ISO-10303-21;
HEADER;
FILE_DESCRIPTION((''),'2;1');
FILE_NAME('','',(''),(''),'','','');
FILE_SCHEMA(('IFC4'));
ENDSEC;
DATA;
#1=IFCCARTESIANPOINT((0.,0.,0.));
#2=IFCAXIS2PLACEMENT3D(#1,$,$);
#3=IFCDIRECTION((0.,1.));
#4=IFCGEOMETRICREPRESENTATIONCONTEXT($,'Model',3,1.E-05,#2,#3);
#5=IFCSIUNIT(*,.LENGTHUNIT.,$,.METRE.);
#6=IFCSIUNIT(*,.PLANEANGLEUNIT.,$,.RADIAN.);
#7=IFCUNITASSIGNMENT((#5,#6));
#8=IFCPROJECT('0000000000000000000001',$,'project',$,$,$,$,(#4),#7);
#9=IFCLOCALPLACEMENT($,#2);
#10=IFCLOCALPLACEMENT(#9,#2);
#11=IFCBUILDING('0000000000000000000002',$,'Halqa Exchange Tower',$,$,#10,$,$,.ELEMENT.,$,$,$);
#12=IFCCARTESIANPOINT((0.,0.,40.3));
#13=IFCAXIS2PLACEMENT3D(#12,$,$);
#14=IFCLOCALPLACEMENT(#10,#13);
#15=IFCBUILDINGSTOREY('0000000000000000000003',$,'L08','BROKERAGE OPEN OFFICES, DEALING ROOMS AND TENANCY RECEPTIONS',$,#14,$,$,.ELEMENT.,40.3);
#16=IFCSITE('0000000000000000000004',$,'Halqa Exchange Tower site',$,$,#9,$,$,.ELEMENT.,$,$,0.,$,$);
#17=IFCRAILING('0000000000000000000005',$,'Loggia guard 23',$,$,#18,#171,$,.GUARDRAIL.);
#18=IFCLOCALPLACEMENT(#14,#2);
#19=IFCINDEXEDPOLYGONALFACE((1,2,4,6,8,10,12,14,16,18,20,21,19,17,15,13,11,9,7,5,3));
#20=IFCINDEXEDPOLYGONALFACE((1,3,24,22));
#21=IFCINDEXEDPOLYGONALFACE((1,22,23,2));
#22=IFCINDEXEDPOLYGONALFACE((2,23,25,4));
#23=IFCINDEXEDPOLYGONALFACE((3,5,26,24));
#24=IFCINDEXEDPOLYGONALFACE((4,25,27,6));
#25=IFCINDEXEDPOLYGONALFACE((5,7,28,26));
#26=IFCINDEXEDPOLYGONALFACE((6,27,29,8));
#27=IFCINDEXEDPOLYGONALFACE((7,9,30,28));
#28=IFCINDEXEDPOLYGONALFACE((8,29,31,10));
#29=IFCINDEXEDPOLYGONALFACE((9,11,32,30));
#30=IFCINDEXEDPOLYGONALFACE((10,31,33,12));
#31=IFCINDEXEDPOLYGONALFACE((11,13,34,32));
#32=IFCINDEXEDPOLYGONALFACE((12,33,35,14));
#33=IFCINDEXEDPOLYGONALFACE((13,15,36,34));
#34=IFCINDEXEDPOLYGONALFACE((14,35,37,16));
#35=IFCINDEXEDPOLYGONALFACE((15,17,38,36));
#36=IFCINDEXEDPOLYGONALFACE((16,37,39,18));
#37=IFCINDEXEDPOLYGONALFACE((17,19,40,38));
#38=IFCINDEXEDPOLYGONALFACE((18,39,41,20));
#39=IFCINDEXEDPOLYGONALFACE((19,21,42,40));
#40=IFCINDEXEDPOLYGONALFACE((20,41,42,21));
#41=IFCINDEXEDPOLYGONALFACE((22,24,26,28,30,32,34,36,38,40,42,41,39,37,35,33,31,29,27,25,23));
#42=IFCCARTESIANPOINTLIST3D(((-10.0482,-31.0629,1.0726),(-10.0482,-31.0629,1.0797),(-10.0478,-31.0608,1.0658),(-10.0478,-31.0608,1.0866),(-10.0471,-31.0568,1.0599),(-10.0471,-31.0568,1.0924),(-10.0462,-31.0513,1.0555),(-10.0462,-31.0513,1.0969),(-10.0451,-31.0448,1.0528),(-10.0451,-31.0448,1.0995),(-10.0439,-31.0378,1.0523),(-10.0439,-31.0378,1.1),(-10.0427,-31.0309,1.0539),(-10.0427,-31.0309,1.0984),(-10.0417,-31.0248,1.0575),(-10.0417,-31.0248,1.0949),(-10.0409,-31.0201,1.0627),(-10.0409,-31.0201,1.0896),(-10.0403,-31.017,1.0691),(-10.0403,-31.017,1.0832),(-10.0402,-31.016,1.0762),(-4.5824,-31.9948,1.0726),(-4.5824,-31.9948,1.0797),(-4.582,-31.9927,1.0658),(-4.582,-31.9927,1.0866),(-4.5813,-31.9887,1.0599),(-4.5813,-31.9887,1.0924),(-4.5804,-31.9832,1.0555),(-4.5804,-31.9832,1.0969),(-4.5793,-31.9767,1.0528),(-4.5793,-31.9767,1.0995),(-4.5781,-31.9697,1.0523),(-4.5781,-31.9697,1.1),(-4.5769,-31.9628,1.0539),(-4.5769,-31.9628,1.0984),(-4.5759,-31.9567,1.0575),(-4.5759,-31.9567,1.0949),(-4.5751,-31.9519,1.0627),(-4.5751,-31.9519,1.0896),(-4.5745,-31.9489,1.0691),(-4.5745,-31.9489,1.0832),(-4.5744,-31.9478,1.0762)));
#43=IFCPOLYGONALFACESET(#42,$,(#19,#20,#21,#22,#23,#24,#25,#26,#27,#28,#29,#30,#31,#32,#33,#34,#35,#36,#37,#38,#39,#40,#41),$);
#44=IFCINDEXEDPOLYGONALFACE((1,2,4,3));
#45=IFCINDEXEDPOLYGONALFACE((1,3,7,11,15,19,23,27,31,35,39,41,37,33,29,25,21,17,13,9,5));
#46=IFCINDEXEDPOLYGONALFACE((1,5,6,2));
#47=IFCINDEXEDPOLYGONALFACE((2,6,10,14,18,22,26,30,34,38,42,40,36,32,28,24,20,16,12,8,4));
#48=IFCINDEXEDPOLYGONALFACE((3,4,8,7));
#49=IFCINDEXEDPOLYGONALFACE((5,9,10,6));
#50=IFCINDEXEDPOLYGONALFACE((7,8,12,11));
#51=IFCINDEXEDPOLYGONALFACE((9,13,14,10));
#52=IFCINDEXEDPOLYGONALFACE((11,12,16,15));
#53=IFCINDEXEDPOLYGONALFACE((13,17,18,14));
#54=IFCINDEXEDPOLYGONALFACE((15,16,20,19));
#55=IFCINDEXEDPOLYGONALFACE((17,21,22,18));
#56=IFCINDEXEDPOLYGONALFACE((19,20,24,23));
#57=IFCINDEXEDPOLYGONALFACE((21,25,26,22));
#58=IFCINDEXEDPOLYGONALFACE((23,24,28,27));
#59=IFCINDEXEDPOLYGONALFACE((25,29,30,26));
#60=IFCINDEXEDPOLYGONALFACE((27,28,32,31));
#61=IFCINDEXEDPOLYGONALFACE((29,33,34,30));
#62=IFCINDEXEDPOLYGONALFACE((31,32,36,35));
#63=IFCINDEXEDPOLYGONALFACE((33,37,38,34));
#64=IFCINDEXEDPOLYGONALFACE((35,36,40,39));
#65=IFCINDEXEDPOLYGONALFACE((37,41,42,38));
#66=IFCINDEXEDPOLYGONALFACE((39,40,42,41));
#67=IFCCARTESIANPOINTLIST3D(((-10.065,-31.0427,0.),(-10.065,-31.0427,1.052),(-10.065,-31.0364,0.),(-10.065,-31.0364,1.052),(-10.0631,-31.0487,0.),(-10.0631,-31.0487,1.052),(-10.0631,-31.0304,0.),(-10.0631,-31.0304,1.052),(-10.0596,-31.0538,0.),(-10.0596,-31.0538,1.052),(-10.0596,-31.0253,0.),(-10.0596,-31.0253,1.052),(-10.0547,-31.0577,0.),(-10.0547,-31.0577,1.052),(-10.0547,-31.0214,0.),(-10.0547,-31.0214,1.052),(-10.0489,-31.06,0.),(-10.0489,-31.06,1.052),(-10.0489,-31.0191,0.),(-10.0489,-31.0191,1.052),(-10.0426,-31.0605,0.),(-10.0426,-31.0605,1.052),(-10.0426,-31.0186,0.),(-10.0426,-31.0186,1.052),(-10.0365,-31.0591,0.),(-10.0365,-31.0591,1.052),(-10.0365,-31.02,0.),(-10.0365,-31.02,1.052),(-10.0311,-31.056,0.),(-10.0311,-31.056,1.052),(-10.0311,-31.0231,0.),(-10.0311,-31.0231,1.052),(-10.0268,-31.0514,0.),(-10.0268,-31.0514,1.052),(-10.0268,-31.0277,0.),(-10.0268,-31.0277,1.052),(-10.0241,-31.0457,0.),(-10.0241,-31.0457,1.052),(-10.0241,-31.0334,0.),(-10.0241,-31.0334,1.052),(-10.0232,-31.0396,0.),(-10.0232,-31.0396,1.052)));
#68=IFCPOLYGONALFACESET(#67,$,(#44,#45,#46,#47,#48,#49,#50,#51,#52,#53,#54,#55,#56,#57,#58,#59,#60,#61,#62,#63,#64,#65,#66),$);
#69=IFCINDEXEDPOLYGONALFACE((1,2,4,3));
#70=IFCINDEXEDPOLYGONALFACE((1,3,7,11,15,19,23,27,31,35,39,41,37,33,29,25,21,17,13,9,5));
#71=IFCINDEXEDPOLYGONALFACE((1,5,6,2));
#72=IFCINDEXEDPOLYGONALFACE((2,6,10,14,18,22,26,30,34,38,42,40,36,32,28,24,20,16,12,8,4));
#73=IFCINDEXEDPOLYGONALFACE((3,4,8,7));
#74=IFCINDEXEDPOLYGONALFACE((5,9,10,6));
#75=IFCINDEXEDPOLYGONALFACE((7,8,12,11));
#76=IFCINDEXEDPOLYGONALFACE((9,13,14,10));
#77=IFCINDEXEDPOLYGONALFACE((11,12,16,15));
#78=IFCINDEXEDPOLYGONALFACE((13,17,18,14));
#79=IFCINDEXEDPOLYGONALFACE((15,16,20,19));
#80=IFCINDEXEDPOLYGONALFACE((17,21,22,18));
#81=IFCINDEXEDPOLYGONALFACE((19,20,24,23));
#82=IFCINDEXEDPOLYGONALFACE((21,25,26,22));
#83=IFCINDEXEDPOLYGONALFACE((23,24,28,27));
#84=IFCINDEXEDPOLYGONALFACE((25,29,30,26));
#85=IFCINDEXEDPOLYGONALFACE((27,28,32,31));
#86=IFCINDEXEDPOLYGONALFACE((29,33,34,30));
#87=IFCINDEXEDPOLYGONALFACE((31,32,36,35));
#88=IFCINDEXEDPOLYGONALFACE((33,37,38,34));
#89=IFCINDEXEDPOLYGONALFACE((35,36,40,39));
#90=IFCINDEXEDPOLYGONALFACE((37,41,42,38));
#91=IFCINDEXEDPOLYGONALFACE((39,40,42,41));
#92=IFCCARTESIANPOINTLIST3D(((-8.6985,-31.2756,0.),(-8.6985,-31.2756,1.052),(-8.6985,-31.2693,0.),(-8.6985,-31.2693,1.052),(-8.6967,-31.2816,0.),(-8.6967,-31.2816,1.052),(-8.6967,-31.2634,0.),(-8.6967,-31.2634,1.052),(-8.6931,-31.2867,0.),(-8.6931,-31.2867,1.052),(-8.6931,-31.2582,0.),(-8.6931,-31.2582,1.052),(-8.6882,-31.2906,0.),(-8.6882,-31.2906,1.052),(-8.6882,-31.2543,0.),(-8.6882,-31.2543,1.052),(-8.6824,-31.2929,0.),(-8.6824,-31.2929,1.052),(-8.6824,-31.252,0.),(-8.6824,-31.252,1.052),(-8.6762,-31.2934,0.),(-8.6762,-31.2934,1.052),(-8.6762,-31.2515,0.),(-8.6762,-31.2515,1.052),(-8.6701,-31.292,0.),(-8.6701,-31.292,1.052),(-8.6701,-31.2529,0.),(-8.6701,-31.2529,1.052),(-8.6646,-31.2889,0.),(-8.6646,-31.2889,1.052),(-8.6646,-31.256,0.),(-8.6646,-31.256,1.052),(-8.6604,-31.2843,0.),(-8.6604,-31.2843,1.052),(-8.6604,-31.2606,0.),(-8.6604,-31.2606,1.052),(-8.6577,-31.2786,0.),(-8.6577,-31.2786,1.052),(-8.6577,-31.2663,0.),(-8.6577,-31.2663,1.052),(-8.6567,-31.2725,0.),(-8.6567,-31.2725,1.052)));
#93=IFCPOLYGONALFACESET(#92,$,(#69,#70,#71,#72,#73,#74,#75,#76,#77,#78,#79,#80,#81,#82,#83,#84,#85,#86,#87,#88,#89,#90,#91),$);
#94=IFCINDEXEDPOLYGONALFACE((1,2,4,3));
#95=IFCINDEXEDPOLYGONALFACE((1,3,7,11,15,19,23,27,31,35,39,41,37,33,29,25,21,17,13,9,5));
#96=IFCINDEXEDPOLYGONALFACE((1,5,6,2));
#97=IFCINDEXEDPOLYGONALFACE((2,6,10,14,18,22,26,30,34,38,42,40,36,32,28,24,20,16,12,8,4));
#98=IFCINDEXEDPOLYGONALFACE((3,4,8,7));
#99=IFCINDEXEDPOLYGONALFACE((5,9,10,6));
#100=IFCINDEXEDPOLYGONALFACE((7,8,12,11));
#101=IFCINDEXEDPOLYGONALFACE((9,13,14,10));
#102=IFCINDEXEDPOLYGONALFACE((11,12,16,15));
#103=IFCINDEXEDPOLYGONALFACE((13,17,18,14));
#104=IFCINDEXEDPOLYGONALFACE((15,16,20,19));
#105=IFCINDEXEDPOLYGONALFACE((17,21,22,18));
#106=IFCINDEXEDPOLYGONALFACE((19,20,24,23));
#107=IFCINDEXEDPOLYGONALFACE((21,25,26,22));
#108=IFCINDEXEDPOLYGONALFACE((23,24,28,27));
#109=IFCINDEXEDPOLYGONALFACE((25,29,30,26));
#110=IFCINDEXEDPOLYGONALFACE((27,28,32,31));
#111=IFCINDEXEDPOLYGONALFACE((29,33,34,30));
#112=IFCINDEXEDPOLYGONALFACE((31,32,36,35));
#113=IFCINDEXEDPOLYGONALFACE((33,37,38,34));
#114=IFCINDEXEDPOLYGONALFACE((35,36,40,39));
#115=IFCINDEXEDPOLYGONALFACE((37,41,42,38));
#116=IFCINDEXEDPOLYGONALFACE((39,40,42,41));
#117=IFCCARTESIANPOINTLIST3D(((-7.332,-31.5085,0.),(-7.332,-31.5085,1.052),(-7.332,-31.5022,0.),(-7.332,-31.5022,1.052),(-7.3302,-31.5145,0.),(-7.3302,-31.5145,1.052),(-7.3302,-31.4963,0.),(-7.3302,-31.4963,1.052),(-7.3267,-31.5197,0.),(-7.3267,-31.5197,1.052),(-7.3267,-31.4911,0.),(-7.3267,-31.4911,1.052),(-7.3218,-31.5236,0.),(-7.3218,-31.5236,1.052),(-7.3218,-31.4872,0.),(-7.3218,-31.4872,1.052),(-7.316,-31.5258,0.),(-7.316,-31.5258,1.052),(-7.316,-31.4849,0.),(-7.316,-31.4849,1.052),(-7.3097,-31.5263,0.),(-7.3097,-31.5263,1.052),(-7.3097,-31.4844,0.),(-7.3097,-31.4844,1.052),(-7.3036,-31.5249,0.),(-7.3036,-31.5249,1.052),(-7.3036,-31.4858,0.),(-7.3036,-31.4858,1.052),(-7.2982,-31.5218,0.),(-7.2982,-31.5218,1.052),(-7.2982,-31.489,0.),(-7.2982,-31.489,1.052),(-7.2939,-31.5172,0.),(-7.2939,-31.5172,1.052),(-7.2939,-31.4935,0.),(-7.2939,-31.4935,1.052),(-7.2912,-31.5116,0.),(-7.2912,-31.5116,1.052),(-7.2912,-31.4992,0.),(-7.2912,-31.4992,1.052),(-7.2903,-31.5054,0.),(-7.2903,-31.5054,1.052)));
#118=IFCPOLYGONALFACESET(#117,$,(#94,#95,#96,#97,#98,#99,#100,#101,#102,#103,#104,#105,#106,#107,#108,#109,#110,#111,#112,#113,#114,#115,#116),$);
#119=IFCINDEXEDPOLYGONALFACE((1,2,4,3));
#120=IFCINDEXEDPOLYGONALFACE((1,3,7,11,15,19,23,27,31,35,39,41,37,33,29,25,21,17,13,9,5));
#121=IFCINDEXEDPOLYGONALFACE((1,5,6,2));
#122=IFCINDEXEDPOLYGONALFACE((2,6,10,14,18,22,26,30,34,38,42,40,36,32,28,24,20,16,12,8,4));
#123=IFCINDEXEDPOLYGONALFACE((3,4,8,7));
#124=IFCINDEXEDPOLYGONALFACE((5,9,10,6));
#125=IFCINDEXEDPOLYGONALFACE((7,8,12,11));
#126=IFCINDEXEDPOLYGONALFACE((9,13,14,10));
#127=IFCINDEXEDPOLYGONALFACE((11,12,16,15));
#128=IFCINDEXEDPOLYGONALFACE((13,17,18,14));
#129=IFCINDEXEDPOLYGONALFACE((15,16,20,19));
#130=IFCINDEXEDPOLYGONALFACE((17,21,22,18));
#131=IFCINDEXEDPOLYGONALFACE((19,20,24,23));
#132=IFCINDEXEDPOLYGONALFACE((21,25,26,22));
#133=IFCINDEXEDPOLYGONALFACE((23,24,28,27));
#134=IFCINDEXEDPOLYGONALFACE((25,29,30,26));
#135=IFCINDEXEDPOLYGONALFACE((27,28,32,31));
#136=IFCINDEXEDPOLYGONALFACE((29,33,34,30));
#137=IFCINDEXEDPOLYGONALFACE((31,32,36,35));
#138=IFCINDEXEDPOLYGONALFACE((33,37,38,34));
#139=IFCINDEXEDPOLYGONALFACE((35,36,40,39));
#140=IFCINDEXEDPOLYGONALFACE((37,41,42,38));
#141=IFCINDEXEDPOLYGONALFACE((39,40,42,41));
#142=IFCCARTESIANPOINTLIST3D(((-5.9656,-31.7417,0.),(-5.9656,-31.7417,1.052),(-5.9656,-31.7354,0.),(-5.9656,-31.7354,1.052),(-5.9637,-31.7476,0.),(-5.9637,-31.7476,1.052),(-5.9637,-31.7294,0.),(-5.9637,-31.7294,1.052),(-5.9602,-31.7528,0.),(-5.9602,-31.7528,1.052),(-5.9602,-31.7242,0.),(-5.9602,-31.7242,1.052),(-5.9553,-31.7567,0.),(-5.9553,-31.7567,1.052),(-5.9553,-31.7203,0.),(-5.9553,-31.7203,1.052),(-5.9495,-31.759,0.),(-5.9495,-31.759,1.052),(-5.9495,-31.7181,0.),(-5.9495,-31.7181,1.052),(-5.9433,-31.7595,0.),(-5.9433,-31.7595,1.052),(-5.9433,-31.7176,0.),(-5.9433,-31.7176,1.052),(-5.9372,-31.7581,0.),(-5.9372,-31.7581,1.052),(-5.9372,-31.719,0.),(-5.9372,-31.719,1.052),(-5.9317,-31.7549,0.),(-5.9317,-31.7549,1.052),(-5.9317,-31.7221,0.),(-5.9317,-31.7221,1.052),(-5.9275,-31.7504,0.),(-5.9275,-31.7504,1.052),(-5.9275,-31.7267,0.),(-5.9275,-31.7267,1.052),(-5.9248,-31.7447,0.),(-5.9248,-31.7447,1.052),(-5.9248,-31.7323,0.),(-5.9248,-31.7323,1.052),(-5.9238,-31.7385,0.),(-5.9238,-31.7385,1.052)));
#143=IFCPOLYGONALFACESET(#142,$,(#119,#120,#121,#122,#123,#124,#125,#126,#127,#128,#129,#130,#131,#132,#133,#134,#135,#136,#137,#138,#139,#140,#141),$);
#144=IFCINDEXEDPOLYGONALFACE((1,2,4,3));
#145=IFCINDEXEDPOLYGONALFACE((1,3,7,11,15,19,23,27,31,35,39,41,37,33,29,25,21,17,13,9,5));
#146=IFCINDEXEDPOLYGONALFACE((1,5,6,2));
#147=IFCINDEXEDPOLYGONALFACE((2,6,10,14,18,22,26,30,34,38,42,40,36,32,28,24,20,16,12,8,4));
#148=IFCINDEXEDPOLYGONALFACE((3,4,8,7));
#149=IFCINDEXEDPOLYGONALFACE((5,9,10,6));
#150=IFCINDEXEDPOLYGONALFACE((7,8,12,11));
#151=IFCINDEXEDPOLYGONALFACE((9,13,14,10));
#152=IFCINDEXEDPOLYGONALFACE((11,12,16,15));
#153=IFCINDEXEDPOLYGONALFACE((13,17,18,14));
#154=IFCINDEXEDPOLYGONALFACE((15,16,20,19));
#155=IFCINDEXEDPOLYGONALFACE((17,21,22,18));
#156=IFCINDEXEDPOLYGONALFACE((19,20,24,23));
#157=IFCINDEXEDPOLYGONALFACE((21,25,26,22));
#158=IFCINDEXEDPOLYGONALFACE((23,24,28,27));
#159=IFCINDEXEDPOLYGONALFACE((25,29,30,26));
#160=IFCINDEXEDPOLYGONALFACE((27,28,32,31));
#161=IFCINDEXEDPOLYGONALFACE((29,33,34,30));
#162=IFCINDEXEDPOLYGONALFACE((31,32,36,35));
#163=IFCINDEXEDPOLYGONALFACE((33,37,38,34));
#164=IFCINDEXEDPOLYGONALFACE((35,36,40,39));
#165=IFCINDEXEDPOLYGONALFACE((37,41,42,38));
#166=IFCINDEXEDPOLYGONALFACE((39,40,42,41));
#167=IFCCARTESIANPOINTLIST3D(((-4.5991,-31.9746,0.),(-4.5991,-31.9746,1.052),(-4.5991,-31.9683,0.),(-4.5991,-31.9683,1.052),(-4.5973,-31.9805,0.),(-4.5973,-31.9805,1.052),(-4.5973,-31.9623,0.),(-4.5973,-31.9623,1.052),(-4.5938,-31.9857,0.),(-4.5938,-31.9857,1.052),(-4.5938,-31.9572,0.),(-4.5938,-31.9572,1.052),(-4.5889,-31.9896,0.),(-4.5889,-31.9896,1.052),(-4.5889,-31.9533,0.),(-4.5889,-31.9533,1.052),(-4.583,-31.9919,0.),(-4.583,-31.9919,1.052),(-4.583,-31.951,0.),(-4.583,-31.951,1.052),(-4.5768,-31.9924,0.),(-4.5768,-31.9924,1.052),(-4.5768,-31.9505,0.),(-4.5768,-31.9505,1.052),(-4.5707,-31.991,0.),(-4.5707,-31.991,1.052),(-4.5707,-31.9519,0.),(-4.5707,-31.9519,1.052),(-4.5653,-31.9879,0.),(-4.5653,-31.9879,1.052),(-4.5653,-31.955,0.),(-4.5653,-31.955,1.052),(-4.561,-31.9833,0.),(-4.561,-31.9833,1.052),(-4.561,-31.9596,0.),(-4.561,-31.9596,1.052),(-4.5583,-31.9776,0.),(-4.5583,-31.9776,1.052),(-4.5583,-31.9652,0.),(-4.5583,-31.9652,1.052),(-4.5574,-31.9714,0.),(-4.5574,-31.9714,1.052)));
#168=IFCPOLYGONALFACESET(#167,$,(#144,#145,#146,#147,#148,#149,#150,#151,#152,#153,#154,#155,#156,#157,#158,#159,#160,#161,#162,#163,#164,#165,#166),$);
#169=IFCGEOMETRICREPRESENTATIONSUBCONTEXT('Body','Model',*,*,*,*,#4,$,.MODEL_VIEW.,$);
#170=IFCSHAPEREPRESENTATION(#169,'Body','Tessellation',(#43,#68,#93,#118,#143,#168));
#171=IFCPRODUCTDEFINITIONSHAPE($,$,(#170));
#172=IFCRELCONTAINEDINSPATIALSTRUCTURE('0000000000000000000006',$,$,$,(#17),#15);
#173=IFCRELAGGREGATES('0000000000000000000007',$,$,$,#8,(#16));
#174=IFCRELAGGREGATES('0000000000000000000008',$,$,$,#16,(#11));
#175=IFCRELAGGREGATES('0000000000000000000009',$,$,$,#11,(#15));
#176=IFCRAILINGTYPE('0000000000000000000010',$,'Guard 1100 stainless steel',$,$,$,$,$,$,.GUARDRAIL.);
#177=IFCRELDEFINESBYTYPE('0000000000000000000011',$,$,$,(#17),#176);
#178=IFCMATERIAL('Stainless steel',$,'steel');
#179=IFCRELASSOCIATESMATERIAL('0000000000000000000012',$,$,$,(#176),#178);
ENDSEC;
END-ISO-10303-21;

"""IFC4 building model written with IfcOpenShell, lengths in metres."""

from ifc_helpers import new_model, si_unit, direction, frame, origin, origin_2d, place, context, subcontext, project, spatial, circle, extrude, material, type_object, element, save


model = new_model("IFC4")

# Units and contexts
model_context = context("Model", 3, precision=1e-05, world=origin(), true_north=direction((0.0, 1.0)))
body_context = subcontext(model_context, "Body", "Model", "MODEL_VIEW")
ifc_project = project(units=[si_unit("LENGTHUNIT", "METRE"), si_unit("PLANEANGLEUNIT", "RADIAN")], contexts=[model_context])

# Site, building, storey
site_placement = place(None, origin())
site = spatial("IfcSite", under=ifc_project, at=site_placement, Name="Halqa Exchange Tower site", CompositionType="ELEMENT", RefElevation=0.0)
building_placement = place(site_placement, origin())
building = spatial("IfcBuilding", under=site, at=building_placement, Name="Halqa Exchange Tower", CompositionType="ELEMENT")
storey_placement = place(building_placement, frame((0.0, 0.0, 40.3)))
storey = spatial("IfcBuildingStorey", under=building, at=storey_placement, Name="L08", Description="BROKERAGE OPEN OFFICES, DEALING ROOMS AND TENANCY RECEPTIONS", CompositionType="ELEMENT", Elevation=40.3)

# Railing
ifc_material_1 = material(Name="Stainless steel", Category="steel")
railing_type = type_object("IfcRailingType", Name="Guard 1100 stainless steel", PredefinedType="GUARDRAIL", material=ifc_material_1)
railing_1_placement = place(storey_placement, frame((-10.0442, -31.0396, 0.0)))
element("IfcRailing", 1, at=railing_1_placement, inside=storey, type_object=railing_type, Name="Loggia guard 23", PredefinedType="GUARDRAIL", context=body_context, shape_type="SweptSolid", body=[
    extrude(circle(Radius=0.0239, at=origin_2d()), frame((0.0, 0.0, 1.0762), z_axis=(0.985775, -0.168068, 0.0), x_axis=(0.168068, 0.985775, 0.0)), (0.0, 0.0, 1.0), 5.5447),
    extrude(circle(Radius=0.021, at=origin_2d()), origin(), (0.0, 0.0, 1.0), 1.052),
    extrude(circle(Radius=0.021, at=origin_2d()), frame((1.3665, -0.2329, 0.0)), (0.0, 0.0, 1.0), 1.052),
    extrude(circle(Radius=0.021, at=origin_2d()), frame((2.7329, -0.4658, 0.0)), (0.0, 0.0, 1.0), 1.052),
    extrude(circle(Radius=0.021, at=origin_2d()), frame((4.0994, -0.699, 0.0)), (0.0, 0.0, 1.0), 1.052),
    extrude(circle(Radius=0.021, at=origin_2d()), frame((5.4658, -0.9319, 0.0)), (0.0, 0.0, 1.0), 1.052),
])

save(model, "model.ifc")
